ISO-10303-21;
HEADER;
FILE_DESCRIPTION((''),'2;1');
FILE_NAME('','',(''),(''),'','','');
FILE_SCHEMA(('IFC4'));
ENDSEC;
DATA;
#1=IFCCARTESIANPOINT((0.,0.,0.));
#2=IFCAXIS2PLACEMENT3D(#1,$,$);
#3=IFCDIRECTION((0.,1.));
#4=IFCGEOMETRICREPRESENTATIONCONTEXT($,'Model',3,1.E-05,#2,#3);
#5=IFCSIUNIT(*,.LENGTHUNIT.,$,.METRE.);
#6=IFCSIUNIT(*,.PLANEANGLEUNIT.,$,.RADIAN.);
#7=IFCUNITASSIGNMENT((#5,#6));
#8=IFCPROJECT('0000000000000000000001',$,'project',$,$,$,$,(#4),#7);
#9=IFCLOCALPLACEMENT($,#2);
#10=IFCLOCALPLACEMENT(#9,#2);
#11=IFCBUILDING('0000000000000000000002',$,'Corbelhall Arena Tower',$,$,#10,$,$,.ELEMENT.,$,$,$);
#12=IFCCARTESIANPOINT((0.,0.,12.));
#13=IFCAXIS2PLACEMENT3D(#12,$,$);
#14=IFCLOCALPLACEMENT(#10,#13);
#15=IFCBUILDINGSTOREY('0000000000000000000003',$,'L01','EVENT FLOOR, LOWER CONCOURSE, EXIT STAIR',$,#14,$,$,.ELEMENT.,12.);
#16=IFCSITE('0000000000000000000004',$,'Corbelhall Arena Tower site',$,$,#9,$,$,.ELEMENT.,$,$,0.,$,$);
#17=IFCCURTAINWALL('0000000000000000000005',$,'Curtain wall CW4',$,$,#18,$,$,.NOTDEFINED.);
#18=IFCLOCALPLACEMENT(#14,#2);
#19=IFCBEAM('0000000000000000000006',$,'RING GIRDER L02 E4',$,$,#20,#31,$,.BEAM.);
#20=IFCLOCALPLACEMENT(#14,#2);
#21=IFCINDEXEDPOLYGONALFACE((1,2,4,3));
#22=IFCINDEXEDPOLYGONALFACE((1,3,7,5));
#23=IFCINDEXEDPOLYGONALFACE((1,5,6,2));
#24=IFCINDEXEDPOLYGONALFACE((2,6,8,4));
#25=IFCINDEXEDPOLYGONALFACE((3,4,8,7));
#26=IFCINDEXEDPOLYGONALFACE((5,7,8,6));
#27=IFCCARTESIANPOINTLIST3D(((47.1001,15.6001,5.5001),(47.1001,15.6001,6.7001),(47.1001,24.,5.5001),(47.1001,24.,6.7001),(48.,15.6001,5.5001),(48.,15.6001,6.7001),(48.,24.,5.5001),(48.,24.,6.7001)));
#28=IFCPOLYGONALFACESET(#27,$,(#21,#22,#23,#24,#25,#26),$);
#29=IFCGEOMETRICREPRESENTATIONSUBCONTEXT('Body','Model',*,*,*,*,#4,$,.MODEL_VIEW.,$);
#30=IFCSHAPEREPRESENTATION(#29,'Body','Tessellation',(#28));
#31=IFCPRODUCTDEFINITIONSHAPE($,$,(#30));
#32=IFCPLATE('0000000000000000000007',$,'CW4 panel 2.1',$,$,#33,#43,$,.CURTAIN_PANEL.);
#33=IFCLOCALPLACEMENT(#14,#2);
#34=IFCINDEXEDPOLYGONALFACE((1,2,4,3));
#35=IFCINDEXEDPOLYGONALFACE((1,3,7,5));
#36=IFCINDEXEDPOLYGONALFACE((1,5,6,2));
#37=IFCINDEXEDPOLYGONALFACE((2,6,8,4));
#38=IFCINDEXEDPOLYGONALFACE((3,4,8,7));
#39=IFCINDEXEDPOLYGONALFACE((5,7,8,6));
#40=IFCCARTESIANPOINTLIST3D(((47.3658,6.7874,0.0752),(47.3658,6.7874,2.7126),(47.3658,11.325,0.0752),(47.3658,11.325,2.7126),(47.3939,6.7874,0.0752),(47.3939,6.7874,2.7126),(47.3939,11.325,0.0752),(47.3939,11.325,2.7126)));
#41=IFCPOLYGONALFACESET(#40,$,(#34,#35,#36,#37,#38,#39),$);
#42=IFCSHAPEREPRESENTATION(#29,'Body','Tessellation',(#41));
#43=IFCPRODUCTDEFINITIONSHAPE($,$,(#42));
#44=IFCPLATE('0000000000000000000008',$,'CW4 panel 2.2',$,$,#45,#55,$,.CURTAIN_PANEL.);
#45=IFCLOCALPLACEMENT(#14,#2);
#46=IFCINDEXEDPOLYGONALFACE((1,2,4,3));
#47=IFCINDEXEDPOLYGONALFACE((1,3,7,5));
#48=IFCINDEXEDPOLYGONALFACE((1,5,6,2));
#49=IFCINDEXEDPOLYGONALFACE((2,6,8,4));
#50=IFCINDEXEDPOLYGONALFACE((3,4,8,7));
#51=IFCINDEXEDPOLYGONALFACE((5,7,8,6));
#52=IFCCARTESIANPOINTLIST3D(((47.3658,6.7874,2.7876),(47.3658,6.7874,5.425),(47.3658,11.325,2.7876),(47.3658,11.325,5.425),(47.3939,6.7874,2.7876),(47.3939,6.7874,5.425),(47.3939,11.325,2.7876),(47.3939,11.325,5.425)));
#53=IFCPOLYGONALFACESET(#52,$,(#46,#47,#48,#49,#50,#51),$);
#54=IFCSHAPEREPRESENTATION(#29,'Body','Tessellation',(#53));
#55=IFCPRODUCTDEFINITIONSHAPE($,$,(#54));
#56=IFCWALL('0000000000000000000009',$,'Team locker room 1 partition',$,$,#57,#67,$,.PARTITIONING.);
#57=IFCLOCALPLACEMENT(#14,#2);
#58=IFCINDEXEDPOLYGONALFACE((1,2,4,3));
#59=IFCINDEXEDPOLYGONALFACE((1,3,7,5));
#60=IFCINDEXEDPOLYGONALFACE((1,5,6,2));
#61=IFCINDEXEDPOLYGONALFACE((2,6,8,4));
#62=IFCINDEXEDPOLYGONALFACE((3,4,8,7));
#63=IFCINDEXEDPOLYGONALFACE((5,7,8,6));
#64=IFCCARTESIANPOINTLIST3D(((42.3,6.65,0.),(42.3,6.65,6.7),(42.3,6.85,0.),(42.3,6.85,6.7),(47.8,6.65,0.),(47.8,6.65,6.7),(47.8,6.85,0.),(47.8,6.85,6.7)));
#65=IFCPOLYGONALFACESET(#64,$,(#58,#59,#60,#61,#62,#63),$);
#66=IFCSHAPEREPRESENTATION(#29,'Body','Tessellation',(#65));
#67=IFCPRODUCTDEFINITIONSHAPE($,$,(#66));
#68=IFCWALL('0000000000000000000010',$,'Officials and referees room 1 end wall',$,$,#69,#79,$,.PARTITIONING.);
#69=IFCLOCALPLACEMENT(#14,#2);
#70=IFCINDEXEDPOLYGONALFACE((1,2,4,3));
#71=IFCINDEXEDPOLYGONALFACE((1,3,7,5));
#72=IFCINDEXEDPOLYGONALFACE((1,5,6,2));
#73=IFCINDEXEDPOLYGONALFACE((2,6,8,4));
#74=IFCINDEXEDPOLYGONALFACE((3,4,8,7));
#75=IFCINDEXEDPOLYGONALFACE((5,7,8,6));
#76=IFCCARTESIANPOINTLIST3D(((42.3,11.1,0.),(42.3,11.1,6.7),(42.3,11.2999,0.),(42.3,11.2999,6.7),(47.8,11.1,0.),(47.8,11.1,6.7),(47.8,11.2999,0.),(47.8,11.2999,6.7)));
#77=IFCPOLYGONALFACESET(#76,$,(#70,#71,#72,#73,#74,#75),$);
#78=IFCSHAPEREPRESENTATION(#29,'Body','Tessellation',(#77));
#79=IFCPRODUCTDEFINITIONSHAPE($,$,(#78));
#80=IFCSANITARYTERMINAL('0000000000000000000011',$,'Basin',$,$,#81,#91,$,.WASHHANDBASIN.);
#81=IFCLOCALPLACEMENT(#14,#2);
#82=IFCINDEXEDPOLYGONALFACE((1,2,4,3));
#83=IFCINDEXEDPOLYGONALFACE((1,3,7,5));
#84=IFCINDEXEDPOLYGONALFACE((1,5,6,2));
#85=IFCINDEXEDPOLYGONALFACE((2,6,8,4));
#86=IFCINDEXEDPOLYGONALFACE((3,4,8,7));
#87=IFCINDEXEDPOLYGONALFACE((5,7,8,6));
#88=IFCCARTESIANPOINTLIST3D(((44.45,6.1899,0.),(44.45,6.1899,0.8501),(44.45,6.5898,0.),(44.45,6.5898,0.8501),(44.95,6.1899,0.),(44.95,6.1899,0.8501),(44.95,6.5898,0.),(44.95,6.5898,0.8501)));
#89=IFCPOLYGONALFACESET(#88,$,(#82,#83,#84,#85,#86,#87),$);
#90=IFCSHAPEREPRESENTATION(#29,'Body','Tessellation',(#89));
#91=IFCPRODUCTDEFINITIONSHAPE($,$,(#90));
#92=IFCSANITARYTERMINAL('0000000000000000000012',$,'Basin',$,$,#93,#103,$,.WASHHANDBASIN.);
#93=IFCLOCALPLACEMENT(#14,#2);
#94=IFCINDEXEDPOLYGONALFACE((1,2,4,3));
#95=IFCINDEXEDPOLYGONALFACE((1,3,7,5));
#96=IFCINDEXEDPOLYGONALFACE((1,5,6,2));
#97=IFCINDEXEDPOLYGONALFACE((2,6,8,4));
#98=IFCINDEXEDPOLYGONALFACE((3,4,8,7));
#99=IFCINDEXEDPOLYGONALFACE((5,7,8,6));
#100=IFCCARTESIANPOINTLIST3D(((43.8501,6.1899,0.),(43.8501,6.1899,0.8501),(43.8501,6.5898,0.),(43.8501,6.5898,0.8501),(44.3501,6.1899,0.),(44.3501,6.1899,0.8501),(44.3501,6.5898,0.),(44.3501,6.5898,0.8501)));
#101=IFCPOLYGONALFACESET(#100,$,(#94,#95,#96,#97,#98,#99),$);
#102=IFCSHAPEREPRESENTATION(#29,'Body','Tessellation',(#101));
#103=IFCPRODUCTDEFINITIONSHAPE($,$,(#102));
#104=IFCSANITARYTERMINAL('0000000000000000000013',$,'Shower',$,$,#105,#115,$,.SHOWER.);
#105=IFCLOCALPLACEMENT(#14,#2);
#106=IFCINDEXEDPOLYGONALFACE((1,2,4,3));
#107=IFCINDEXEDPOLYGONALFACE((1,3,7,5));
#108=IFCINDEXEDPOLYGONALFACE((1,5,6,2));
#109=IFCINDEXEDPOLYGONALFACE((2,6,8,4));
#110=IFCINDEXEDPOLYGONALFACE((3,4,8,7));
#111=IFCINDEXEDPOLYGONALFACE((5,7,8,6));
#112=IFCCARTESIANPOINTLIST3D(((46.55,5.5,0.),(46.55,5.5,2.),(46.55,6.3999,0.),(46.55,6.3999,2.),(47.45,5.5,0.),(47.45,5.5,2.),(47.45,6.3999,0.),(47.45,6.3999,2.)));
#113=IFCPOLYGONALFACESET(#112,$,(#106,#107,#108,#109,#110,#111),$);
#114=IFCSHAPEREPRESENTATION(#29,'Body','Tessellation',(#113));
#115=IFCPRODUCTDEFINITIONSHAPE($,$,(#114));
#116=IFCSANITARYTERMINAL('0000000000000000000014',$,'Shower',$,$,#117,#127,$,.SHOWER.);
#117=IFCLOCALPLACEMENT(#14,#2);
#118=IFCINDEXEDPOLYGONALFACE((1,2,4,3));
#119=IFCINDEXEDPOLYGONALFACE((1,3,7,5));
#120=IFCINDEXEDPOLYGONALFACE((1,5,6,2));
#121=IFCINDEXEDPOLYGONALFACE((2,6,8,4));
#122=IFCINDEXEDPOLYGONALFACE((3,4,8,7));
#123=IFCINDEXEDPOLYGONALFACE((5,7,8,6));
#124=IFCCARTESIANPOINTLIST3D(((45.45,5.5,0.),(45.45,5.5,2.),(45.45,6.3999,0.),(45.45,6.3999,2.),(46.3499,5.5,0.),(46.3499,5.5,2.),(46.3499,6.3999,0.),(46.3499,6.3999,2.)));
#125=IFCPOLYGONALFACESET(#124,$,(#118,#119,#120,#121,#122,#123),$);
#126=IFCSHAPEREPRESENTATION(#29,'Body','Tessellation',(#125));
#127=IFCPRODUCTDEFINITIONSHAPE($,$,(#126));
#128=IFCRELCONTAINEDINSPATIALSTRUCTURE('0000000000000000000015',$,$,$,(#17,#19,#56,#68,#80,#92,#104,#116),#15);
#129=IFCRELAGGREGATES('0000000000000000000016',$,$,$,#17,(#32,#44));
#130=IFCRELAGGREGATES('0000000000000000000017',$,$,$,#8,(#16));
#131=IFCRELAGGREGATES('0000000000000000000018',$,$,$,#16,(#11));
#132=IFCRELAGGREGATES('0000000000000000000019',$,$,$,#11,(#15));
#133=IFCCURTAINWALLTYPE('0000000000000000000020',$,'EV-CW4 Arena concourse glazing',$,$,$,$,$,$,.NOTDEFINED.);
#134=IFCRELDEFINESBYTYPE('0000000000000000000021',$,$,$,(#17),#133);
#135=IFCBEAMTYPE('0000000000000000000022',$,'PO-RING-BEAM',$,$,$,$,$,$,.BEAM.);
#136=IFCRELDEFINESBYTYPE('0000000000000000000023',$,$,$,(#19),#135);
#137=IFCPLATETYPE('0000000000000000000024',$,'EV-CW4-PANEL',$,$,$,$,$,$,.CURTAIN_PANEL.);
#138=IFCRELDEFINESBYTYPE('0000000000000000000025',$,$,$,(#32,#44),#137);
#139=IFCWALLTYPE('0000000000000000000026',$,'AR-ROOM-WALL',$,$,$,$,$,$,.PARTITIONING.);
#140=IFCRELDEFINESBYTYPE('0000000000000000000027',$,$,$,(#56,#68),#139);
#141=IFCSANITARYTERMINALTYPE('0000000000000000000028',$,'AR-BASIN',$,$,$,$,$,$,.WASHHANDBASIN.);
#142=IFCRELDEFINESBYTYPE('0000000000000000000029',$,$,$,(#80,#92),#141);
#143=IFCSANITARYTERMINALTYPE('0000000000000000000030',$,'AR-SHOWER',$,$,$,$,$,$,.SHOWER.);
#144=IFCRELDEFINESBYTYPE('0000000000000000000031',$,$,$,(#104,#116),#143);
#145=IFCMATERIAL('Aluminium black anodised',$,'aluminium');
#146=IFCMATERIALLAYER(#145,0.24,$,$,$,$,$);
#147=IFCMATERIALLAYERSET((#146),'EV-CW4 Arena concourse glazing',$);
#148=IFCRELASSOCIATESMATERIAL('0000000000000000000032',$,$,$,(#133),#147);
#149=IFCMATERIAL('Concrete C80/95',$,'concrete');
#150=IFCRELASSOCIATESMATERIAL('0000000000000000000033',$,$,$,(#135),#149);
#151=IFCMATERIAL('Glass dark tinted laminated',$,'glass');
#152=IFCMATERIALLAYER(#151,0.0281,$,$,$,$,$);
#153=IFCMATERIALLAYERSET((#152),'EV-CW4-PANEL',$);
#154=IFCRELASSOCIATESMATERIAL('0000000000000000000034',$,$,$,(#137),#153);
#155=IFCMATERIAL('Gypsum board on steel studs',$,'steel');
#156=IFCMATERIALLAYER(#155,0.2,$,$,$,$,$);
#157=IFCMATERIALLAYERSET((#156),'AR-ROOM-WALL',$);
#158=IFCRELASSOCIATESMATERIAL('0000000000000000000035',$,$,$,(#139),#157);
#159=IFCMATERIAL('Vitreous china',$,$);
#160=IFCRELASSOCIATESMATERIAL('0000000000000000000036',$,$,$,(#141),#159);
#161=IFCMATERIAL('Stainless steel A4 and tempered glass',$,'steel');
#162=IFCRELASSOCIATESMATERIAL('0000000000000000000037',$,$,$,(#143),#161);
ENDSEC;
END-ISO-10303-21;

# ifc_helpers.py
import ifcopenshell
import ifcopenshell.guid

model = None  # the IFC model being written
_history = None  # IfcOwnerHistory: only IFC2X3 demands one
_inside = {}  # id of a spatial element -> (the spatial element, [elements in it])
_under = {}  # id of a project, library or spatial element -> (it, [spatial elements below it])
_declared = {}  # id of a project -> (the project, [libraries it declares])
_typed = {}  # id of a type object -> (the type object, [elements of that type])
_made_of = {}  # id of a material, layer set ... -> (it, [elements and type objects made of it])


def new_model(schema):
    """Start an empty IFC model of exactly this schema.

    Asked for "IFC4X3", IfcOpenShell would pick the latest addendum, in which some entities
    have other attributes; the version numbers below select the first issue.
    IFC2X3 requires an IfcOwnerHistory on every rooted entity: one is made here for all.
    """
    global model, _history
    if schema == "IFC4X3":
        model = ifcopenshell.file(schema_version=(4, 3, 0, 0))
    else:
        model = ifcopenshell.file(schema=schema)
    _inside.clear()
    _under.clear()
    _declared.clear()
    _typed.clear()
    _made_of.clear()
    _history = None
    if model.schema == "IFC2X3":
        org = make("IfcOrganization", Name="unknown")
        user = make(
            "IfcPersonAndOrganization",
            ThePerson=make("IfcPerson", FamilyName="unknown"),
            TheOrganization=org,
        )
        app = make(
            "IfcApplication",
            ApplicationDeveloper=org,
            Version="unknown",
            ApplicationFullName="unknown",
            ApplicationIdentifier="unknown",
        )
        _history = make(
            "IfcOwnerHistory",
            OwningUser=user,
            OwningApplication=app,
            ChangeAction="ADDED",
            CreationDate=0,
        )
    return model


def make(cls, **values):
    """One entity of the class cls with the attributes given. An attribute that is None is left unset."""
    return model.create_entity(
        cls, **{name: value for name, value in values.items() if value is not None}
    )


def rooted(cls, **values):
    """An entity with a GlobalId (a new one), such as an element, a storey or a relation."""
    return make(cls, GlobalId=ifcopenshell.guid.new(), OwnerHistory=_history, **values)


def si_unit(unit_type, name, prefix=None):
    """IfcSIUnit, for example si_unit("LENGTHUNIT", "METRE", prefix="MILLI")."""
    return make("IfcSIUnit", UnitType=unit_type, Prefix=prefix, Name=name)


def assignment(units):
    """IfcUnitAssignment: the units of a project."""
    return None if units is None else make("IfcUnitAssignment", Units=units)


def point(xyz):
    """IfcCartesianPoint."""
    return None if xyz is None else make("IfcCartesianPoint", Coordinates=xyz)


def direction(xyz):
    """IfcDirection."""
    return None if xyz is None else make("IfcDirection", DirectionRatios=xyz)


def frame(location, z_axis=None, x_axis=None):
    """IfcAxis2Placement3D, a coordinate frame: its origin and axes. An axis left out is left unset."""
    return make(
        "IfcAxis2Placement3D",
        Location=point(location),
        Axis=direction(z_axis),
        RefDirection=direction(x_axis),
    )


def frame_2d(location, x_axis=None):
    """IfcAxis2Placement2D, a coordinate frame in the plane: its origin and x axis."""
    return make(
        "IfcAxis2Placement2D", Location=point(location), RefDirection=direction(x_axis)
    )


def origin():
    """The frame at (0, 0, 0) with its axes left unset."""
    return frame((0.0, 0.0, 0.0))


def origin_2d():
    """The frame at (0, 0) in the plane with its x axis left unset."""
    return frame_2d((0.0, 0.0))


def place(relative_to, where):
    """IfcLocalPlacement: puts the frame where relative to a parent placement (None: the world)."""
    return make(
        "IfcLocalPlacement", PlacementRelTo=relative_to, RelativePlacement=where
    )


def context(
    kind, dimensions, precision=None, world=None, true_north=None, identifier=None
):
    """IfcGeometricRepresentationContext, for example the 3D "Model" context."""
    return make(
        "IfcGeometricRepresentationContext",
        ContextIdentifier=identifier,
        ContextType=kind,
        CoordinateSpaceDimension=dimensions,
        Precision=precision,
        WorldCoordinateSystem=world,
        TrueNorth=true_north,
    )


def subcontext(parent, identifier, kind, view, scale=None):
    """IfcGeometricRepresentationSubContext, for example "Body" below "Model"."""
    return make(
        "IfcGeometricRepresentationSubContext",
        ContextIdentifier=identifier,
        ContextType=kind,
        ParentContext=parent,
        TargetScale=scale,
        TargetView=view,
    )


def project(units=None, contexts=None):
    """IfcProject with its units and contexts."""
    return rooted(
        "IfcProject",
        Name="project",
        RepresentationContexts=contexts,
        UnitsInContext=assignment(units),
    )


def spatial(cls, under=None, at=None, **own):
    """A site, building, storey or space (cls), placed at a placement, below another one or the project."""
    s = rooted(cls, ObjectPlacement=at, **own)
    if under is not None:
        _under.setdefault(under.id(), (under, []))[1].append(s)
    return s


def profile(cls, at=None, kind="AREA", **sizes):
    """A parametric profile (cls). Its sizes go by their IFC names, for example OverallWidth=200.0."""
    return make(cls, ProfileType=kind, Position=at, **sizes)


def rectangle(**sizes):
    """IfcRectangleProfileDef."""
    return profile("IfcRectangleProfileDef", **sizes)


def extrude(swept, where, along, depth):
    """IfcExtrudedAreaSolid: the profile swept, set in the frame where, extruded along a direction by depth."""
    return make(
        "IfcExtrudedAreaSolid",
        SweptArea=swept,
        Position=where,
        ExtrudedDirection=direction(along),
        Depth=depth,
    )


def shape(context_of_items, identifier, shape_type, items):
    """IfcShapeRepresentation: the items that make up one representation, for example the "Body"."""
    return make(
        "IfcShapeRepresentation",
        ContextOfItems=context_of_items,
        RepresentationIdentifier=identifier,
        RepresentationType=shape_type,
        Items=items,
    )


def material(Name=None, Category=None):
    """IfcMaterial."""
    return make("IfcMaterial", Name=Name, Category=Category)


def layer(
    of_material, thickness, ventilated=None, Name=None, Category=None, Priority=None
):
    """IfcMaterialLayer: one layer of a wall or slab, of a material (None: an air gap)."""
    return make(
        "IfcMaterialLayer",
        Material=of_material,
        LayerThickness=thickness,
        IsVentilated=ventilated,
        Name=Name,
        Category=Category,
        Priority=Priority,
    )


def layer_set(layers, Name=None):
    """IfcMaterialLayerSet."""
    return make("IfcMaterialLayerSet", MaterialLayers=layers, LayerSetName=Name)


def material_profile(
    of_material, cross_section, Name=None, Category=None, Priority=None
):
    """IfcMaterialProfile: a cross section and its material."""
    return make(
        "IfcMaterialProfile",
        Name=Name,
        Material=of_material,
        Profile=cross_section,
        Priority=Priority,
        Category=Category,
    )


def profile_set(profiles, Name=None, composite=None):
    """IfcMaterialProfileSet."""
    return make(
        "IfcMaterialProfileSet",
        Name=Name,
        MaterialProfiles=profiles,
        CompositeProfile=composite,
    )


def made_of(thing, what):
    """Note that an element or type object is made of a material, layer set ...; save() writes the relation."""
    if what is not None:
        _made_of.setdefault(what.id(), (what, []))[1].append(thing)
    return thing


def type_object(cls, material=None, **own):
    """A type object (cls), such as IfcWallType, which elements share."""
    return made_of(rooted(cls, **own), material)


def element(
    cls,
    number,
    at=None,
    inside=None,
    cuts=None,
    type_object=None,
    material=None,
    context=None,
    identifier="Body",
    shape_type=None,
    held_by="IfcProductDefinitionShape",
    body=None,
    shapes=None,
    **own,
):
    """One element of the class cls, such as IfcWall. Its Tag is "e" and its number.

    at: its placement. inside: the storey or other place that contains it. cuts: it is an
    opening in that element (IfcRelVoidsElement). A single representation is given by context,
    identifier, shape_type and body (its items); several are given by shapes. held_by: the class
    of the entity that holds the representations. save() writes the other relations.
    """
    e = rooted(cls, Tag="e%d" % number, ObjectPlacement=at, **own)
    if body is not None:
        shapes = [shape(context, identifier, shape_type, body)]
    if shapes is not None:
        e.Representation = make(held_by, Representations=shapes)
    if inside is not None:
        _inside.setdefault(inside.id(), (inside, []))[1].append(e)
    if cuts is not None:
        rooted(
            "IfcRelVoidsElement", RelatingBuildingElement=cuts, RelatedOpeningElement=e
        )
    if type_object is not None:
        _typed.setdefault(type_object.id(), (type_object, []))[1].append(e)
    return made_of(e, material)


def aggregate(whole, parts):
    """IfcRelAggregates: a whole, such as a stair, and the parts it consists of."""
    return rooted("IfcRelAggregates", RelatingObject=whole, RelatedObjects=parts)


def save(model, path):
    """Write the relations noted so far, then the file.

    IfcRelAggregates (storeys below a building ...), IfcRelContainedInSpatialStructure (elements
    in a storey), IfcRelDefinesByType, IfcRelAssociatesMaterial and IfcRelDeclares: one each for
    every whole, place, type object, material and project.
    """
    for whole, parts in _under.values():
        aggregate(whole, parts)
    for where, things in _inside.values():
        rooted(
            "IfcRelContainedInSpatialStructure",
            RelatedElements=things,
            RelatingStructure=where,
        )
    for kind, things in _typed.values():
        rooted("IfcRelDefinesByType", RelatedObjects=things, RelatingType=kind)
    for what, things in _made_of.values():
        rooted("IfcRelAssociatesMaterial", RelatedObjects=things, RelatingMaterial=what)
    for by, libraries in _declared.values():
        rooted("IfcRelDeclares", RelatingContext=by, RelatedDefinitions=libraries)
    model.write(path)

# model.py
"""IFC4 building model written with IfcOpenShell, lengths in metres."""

from ifc_helpers import new_model, si_unit, direction, frame, frame_2d, origin, origin_2d, place, context, subcontext, project, spatial, rectangle, extrude, material, layer, layer_set, material_profile, profile_set, type_object, element, aggregate, save


model = new_model("IFC4")

# Units and contexts
model_context = context("Model", 3, precision=1e-05, world=origin(), true_north=direction((0.0, 1.0)))
body_context = subcontext(model_context, "Body", "Model", "MODEL_VIEW")
ifc_project = project(units=[si_unit("LENGTHUNIT", "METRE"), si_unit("PLANEANGLEUNIT", "RADIAN")], contexts=[model_context])

# Site, building, storey
site_placement = place(None, origin())
site = spatial("IfcSite", under=ifc_project, at=site_placement, Name="Corbelhall Arena Tower site", CompositionType="ELEMENT", RefElevation=0.0)
building_placement = place(site_placement, origin())
building = spatial("IfcBuilding", under=site, at=building_placement, Name="Corbelhall Arena Tower", CompositionType="ELEMENT")
storey_placement = place(building_placement, frame((0.0, 0.0, 12.0)))
storey = spatial("IfcBuildingStorey", under=building, at=storey_placement, Name="L01", Description="EVENT FLOOR, LOWER CONCOURSE, EXIT STAIR", CompositionType="ELEMENT", Elevation=12.0)

# Shared definitions
ifc_material_1 = material(Name="Concrete C80/95", Category="concrete")

# Curtain wall
ifc_material_2 = material(Name="Aluminium black anodised", Category="aluminium")
ifc_layer_1 = layer(ifc_material_2, 0.24)
ifc_layer_set_1 = layer_set([ifc_layer_1], Name="EV-CW4 Arena concourse glazing")
curtain_wall_type = type_object("IfcCurtainWallType", Name="EV-CW4 Arena concourse glazing", PredefinedType="NOTDEFINED", material=ifc_layer_set_1)
curtain_wall_1_placement = place(storey_placement, origin())
curtain_wall_1 = element("IfcCurtainWall", 1, at=curtain_wall_1_placement, inside=storey, type_object=curtain_wall_type, Name="Curtain wall CW4", PredefinedType="NOTDEFINED")

# Beam
ifc_material_profile_1 = material_profile(ifc_material_1, rectangle(XDim=0.8999, YDim=1.2, at=origin_2d()))
ifc_profile_set_1 = profile_set([ifc_material_profile_1], Name="Concrete C80/95")
beam_type_1 = type_object("IfcBeamType", Name="PO-RING-BEAM", PredefinedType="BEAM", material=ifc_profile_set_1)
beam_1_placement = place(storey_placement, frame((47.55, 15.6001, 6.1001), z_axis=(0.0, 1.0, 0.0), x_axis=(-1.0, 0.0, 0.0)))
element("IfcBeam", 2, at=beam_1_placement, inside=storey, type_object=beam_type_1, Name="RING GIRDER L02 E4", PredefinedType="BEAM", context=body_context, shape_type="SweptSolid", body=[
    extrude(rectangle(XDim=0.8999, YDim=1.2, at=origin_2d()), origin(), (0.0, 0.0, 1.0), 8.3999),
])

# Plates
ifc_material_3 = material(Name="Glass dark tinted laminated", Category="glass")
ifc_layer_2 = layer(ifc_material_3, 0.0281)
ifc_layer_set_2 = layer_set([ifc_layer_2], Name="EV-CW4-PANEL")
plate_type = type_object("IfcPlateType", Name="EV-CW4-PANEL", PredefinedType="CURTAIN_PANEL", material=ifc_layer_set_2)
plate_1_placement = place(storey_placement, frame((47.3799, 9.0562, 0.0752), z_axis=(0.0, 0.0, 1.0), x_axis=(0.0, 1.0, 0.0)))
plate_1 = element("IfcPlate", 3, at=plate_1_placement, type_object=plate_type, Name="CW4 panel 2.1", PredefinedType="CURTAIN_PANEL", context=body_context, shape_type="SweptSolid", body=[
    extrude(rectangle(XDim=4.5376, YDim=0.0281, at=origin_2d()), origin(), (0.0, 0.0, 1.0), 2.6375),
])
plate_2_placement = place(storey_placement, frame((47.3799, 9.0562, 2.7876), z_axis=(0.0, 0.0, 1.0), x_axis=(0.0, 1.0, 0.0)))
plate_2 = element("IfcPlate", 4, at=plate_2_placement, type_object=plate_type, Name="CW4 panel 2.2", PredefinedType="CURTAIN_PANEL", context=body_context, shape_type="SweptSolid", body=[
    extrude(rectangle(XDim=4.5376, YDim=0.0281, at=origin_2d()), origin(), (0.0, 0.0, 1.0), 2.6375),
])
aggregate(curtain_wall_1, [plate_1, plate_2])

# Walls
ifc_material_4 = material(Name="Gypsum board on steel studs", Category="steel")
ifc_layer_3 = layer(ifc_material_4, 0.2)
ifc_layer_set_3 = layer_set([ifc_layer_3], Name="AR-ROOM-WALL")
wall_type_1 = type_object("IfcWallType", Name="AR-ROOM-WALL", PredefinedType="PARTITIONING", material=ifc_layer_set_3)
for number, where, z_axis, x_axis, name in (
    (5, (42.3, 6.75, 0.0), (0.0, 0.0, 1.0), (1.0, 0.0, 0.0), "Team locker room 1 partition"),
    (6, (42.3, 11.2, 0.0), (0.0, 0.0, 1.0), (1.0, 0.0, 0.0), "Officials and referees room 1 end wall"),
):
    element("IfcWall", number, at=place(storey_placement, frame(where, z_axis=z_axis, x_axis=x_axis)), inside=storey, type_object=wall_type_1, Name=name, PredefinedType="PARTITIONING", context=body_context, shape_type="SweptSolid", body=[
        extrude(rectangle(XDim=5.5, YDim=0.2, at=frame_2d((2.75, 0.0))), origin(), (0.0, 0.0, 1.0), 6.7),
    ])

# Sanitary terminals
ifc_material_5 = material(Name="Vitreous china")
sanitary_terminal_type_1 = type_object("IfcSanitaryTerminalType", Name="AR-BASIN", PredefinedType="WASHHANDBASIN", material=ifc_material_5)
for number, where, z_axis, x_axis, name in (
    (7, (44.7, 6.3899, 0.0), (0.0, 0.0, 1.0), (1.0, 0.0, 0.0), "Basin"),
    (8, (44.1001, 6.3899, 0.0), (0.0, 0.0, 1.0), (1.0, 0.0, 0.0), "Basin"),
):
    element("IfcSanitaryTerminal", number, at=place(storey_placement, frame(where, z_axis=z_axis, x_axis=x_axis)), inside=storey, type_object=sanitary_terminal_type_1, Name=name, PredefinedType="WASHHANDBASIN", context=body_context, shape_type="SweptSolid", body=[
        extrude(rectangle(XDim=0.5, YDim=0.3999, at=origin_2d()), origin(), (0.0, 0.0, 1.0), 0.8501),
    ])
ifc_material_6 = material(Name="Stainless steel A4 and tempered glass", Category="steel")
sanitary_terminal_type_2 = type_object("IfcSanitaryTerminalType", Name="AR-SHOWER", PredefinedType="SHOWER", material=ifc_material_6)
for number, where, z_axis, x_axis, name in (
    (9, (47.0, 5.95, 0.0), (0.0, 0.0, 1.0), (1.0, 0.0, 0.0), "Shower"),
    (10, (45.8999, 5.95, 0.0), (0.0, 0.0, 1.0), (1.0, 0.0, 0.0), "Shower"),
):
    element("IfcSanitaryTerminal", number, at=place(storey_placement, frame(where, z_axis=z_axis, x_axis=x_axis)), inside=storey, type_object=sanitary_terminal_type_2, Name=name, PredefinedType="SHOWER", context=body_context, shape_type="SweptSolid", body=[
        extrude(rectangle(XDim=0.8999, YDim=0.8999, at=origin_2d()), origin(), (0.0, 0.0, 1.0), 2.0),
    ])

save(model, "model.ifc")
